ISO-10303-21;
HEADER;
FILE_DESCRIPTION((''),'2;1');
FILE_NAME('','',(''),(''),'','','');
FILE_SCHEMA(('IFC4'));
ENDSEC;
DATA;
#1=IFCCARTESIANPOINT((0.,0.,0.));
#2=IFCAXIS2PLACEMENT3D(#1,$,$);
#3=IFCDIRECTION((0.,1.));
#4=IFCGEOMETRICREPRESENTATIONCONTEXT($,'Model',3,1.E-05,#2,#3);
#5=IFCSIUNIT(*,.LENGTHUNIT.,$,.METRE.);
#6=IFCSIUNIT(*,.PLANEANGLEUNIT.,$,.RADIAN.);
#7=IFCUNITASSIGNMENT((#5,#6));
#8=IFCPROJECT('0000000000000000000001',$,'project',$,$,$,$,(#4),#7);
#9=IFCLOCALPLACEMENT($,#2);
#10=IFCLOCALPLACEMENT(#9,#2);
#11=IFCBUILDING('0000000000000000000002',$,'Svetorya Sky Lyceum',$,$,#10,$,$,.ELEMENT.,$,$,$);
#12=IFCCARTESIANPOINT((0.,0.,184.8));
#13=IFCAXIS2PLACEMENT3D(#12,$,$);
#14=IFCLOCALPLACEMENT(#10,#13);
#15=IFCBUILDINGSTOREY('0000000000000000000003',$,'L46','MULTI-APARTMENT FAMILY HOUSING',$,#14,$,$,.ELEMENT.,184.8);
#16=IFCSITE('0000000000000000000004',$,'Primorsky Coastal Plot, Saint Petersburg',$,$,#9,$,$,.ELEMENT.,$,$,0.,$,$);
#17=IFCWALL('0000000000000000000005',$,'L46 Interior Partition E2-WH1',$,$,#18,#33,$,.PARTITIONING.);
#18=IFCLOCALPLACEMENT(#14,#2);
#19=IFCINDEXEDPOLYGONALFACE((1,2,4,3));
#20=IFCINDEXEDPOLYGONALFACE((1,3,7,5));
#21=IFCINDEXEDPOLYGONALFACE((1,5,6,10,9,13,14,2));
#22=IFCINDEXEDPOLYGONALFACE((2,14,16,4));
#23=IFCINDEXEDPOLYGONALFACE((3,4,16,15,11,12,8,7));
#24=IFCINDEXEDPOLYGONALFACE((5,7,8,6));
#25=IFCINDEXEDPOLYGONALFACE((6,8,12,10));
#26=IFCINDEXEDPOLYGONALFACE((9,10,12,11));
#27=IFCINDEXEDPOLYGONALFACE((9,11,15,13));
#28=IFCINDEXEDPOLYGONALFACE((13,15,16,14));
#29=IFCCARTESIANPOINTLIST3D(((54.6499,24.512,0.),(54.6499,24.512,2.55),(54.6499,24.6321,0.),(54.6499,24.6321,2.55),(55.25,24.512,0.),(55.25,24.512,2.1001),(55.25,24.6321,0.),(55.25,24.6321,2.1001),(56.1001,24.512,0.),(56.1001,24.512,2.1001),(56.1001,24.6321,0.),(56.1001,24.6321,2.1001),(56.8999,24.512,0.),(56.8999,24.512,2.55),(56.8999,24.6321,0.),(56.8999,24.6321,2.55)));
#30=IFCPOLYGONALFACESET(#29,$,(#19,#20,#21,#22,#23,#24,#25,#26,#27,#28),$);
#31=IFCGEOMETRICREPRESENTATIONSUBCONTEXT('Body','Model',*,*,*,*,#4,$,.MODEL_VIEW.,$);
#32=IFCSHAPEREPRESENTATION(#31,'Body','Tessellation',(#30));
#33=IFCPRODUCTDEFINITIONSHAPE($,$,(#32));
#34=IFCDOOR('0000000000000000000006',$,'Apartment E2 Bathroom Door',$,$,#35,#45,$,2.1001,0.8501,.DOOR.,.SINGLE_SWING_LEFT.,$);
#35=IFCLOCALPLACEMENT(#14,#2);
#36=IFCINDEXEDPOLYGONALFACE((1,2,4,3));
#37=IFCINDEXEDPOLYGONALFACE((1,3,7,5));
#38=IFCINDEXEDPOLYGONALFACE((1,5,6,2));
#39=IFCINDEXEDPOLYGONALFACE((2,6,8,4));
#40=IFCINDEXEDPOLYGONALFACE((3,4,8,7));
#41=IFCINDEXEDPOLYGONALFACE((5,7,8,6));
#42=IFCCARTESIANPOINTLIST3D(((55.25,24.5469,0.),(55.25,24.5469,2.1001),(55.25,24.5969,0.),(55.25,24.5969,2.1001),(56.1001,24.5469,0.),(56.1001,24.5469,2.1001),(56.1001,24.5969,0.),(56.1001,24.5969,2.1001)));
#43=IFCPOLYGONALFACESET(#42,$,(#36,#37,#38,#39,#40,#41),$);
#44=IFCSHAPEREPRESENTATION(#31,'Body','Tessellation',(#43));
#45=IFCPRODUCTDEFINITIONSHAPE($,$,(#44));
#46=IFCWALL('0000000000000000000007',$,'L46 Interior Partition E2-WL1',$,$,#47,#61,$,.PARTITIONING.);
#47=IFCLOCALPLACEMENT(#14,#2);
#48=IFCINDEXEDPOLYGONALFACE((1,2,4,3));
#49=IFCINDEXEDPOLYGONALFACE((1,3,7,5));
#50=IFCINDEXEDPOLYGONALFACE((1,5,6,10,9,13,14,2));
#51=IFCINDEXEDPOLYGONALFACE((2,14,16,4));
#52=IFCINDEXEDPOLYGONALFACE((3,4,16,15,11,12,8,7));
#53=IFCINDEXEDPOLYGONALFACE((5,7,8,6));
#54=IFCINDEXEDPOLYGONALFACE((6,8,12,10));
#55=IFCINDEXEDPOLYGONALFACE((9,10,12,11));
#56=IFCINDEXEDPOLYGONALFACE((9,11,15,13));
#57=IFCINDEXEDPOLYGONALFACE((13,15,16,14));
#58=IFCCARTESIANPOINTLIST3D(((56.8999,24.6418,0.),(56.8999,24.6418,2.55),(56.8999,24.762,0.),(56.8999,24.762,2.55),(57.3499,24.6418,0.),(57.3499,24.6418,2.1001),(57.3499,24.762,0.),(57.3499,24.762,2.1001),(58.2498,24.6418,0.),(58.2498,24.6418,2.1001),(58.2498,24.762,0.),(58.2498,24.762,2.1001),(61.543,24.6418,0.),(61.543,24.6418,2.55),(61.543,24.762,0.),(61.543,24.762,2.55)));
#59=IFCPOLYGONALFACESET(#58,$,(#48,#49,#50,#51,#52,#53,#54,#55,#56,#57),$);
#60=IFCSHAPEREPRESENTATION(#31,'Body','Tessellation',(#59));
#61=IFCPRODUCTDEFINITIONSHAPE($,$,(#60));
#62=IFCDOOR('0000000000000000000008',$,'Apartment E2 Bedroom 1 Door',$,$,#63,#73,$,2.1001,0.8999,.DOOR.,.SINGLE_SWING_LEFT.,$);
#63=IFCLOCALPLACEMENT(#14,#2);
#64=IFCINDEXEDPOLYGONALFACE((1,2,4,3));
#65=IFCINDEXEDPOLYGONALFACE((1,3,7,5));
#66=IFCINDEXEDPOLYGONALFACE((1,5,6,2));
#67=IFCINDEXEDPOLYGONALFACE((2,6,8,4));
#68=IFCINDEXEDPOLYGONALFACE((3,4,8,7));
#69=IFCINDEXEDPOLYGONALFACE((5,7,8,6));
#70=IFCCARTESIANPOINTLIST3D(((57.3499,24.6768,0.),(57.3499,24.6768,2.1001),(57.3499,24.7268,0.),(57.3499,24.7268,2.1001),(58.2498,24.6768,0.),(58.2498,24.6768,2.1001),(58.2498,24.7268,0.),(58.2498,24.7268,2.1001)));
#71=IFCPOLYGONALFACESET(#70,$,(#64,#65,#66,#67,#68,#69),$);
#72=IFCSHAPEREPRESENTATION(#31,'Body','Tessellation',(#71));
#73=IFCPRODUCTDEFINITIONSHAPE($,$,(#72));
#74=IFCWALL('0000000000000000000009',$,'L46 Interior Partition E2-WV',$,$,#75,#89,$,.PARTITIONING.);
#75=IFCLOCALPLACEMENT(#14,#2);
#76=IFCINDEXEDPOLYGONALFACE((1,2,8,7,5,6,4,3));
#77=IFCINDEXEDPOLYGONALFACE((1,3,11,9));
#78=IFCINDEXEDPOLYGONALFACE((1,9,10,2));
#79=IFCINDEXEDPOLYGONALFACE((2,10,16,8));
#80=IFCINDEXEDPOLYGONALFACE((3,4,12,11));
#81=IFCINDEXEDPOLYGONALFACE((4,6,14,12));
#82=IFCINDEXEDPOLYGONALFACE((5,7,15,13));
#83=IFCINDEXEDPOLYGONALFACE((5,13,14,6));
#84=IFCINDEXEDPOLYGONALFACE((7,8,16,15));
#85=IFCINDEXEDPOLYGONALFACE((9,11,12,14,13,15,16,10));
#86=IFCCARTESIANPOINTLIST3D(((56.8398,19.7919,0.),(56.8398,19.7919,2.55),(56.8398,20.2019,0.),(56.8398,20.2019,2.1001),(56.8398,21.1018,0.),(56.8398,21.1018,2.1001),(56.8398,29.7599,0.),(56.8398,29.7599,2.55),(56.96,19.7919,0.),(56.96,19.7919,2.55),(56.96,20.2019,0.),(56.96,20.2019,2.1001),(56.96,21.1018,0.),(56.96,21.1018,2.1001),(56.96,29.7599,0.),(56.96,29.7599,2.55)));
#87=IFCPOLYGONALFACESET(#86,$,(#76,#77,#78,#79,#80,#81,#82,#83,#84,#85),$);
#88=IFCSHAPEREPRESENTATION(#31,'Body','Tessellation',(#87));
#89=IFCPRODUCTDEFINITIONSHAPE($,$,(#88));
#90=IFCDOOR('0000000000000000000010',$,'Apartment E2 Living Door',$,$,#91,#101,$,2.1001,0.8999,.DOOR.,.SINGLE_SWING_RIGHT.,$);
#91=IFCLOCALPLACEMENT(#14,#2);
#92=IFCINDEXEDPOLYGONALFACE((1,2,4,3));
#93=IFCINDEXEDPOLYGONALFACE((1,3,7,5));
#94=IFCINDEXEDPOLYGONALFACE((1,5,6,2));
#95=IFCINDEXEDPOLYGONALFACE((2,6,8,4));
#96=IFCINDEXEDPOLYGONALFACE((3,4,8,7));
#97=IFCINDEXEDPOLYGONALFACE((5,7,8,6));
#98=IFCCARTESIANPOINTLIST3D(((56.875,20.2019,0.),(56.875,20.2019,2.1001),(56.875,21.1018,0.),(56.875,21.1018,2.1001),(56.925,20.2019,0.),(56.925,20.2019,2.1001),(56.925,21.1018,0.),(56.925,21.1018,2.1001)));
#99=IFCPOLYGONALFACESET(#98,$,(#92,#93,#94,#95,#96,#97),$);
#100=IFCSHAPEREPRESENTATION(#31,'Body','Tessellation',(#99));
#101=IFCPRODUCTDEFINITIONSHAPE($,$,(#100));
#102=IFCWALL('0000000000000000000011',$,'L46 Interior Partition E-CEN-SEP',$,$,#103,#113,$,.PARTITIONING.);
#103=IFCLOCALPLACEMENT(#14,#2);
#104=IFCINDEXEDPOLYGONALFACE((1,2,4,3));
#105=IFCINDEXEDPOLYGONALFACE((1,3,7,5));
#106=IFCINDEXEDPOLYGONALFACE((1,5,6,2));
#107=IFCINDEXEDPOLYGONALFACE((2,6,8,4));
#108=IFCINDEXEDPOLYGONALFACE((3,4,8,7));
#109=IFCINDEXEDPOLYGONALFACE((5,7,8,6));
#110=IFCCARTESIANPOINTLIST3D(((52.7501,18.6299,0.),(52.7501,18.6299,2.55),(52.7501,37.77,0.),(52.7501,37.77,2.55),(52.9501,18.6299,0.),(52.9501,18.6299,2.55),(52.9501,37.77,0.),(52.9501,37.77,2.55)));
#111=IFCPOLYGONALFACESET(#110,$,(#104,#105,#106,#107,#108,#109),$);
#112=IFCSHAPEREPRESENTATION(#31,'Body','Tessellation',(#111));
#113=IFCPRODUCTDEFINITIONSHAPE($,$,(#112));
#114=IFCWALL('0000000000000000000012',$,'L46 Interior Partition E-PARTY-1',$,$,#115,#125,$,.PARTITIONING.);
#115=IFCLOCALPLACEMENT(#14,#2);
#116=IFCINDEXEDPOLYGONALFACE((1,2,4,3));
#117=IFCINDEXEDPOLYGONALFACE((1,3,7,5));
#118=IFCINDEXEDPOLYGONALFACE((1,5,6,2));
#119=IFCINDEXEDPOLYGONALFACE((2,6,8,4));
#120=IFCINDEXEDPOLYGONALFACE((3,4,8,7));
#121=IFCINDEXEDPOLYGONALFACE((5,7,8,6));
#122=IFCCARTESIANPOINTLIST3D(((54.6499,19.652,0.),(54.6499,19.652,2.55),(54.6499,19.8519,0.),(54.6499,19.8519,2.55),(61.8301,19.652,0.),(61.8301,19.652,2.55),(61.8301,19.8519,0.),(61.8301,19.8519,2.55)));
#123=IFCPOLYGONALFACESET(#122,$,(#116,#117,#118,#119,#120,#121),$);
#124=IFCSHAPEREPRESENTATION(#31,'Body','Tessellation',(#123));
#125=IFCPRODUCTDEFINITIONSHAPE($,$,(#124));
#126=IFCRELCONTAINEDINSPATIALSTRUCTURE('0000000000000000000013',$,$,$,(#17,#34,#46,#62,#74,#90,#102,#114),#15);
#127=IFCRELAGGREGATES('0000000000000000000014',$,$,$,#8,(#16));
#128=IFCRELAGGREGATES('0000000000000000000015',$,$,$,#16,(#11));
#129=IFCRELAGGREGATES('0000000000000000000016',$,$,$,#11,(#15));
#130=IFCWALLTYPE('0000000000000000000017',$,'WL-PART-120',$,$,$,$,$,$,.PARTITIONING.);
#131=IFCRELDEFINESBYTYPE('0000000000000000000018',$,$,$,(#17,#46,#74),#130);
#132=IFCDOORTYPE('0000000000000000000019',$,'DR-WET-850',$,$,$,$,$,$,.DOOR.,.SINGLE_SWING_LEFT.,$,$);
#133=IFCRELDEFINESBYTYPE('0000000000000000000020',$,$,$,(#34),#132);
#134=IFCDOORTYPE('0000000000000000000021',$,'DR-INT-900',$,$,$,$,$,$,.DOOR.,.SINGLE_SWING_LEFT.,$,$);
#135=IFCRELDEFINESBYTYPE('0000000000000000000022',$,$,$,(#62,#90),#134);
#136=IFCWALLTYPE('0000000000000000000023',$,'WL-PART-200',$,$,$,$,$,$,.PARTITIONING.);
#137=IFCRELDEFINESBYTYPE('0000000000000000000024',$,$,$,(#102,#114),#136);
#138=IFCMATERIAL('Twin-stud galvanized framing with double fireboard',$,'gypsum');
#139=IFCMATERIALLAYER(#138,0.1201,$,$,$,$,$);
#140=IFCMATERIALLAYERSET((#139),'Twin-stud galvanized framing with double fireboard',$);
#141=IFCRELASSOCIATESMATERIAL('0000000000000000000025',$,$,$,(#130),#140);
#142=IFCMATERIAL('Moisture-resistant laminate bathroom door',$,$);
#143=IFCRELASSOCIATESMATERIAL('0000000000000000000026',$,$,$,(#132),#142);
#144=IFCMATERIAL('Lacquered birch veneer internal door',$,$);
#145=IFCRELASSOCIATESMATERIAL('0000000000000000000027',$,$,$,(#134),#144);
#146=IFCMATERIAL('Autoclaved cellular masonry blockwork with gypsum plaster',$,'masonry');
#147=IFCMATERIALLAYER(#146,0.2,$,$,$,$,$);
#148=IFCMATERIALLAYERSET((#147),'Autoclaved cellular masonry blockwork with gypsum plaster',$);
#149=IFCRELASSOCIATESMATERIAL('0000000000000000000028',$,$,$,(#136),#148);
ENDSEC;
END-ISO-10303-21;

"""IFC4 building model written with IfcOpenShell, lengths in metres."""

from ifc_helpers import new_model, si_unit, direction, frame, frame_2d, origin, place, context, subcontext, project, spatial, rectangle, extrude, material, layer, layer_set, type_object, element, fill, save


model = new_model("IFC4")

# Units and contexts
model_context = context("Model", 3, precision=1e-05, world=origin(), true_north=direction((0.0, 1.0)))
body_context = subcontext(model_context, "Body", "Model", "MODEL_VIEW")
ifc_project = project(units=[si_unit("LENGTHUNIT", "METRE"), si_unit("PLANEANGLEUNIT", "RADIAN")], contexts=[model_context])

# Site, building, storey
site_placement = place(None, origin())
site = spatial("IfcSite", under=ifc_project, at=site_placement, Name="Primorsky Coastal Plot, Saint Petersburg", CompositionType="ELEMENT", RefElevation=0.0)
building_placement = place(site_placement, origin())
building = spatial("IfcBuilding", under=site, at=building_placement, Name="Svetorya Sky Lyceum", CompositionType="ELEMENT")
storey_placement = place(building_placement, frame((0.0, 0.0, 184.8)))
storey = spatial("IfcBuildingStorey", under=building, at=storey_placement, Name="L46", Description="MULTI-APARTMENT FAMILY HOUSING", CompositionType="ELEMENT", Elevation=184.8)

# Walls, openings, doors
ifc_material_1 = material(Name="Twin-stud galvanized framing with double fireboard", Category="gypsum")
ifc_layer_1 = layer(ifc_material_1, 0.1201)
ifc_layer_set_1 = layer_set([ifc_layer_1], Name="Twin-stud galvanized framing with double fireboard")
wall_type_1 = type_object("IfcWallType", Name="WL-PART-120", PredefinedType="PARTITIONING", material=ifc_layer_set_1)
wall_1_placement = place(storey_placement, frame((54.6499, 24.572, 0.0), z_axis=(0.0, 0.0, 1.0), x_axis=(1.0, 0.0, 0.0)))
wall_1 = element("IfcWall", 1, at=wall_1_placement, inside=storey, type_object=wall_type_1, Name="L46 Interior Partition E2-WH1", PredefinedType="PARTITIONING", context=body_context, shape_type="SweptSolid", body=[
    extrude(rectangle(XDim=2.25, YDim=0.1201, at=frame_2d((1.125, 0.0))), origin(), (0.0, 0.0, 1.0), 2.55),
])
opening_1_placement = place(wall_1_placement, frame((0.6001, 0.0, 0.0)))
opening_1 = element("IfcOpeningElement", 2, at=opening_1_placement, cuts=wall_1, PredefinedType="OPENING", context=body_context, shape_type="SweptSolid", body=[
    extrude(rectangle(XDim=0.8501, YDim=2.1001, at=frame_2d((0.425, 1.05))), frame((0.0, 0.0701, 0.0), z_axis=(0.0, -1.0, 0.0), x_axis=(1.0, 0.0, 0.0)), (0.0, 0.0, 1.0), 0.1401),
])
ifc_material_2 = material(Name="Moisture-resistant laminate bathroom door")
door_type_1 = type_object("IfcDoorType", Name="DR-WET-850", OperationType="SINGLE_SWING_LEFT", PredefinedType="DOOR", material=ifc_material_2)
door_1_placement = place(opening_1_placement, origin())
door_1 = element("IfcDoor", 3, at=door_1_placement, inside=storey, type_object=door_type_1, Name="Apartment E2 Bathroom Door", OperationType="SINGLE_SWING_LEFT", OverallHeight=2.1001, OverallWidth=0.8501, PredefinedType="DOOR", context=body_context, shape_type="SweptSolid", body=[
    extrude(rectangle(XDim=0.8501, YDim=2.1001, at=frame_2d((0.425, 1.05))), frame((0.0, 0.0249, 0.0), z_axis=(0.0, -1.0, 0.0), x_axis=(1.0, 0.0, 0.0)), (0.0, 0.0, 1.0), 0.05),
])
fill(opening_1, door_1)
wall_2_placement = place(storey_placement, frame((56.8999, 24.7019, 0.0), z_axis=(0.0, 0.0, 1.0), x_axis=(1.0, 0.0, 0.0)))
wall_2 = element("IfcWall", 4, at=wall_2_placement, inside=storey, type_object=wall_type_1, Name="L46 Interior Partition E2-WL1", PredefinedType="PARTITIONING", context=body_context, shape_type="SweptSolid", body=[
    extrude(rectangle(XDim=4.6431, YDim=0.1201, at=frame_2d((2.3215, 0.0))), origin(), (0.0, 0.0, 1.0), 2.55),
])
opening_2_placement = place(wall_2_placement, frame((0.45, 0.0, 0.0)))
opening_2 = element("IfcOpeningElement", 5, at=opening_2_placement, cuts=wall_2, PredefinedType="OPENING", context=body_context, shape_type="SweptSolid", body=[
    extrude(rectangle(XDim=0.8999, YDim=2.1001, at=frame_2d((0.45, 1.05))), frame((0.0, 0.0701, 0.0), z_axis=(0.0, -1.0, 0.0), x_axis=(1.0, 0.0, 0.0)), (0.0, 0.0, 1.0), 0.1401),
])
ifc_material_3 = material(Name="Lacquered birch veneer internal door")
door_type_2 = type_object("IfcDoorType", Name="DR-INT-900", OperationType="SINGLE_SWING_LEFT", PredefinedType="DOOR", material=ifc_material_3)
door_2_placement = place(opening_2_placement, origin())
door_2 = element("IfcDoor", 6, at=door_2_placement, inside=storey, type_object=door_type_2, Name="Apartment E2 Bedroom 1 Door", OperationType="SINGLE_SWING_LEFT", OverallHeight=2.1001, OverallWidth=0.8999, PredefinedType="DOOR", context=body_context, shape_type="SweptSolid", body=[
    extrude(rectangle(XDim=0.8999, YDim=2.1001, at=frame_2d((0.45, 1.05))), frame((0.0, 0.0249, 0.0), z_axis=(0.0, -1.0, 0.0), x_axis=(1.0, 0.0, 0.0)), (0.0, 0.0, 1.0), 0.05),
])
fill(opening_2, door_2)
wall_3_placement = place(storey_placement, frame((56.8999, 19.792, 0.0), z_axis=(0.0, 0.0, 1.0), x_axis=(0.0, 1.0, 0.0)))
wall_3 = element("IfcWall", 7, at=wall_3_placement, inside=storey, type_object=wall_type_1, Name="L46 Interior Partition E2-WV", PredefinedType="PARTITIONING", context=body_context, shape_type="SweptSolid", body=[
    extrude(rectangle(XDim=9.968, YDim=0.1201, at=frame_2d((4.9839, 0.0))), origin(), (0.0, 0.0, 1.0), 2.55),
])
opening_3_placement = place(wall_3_placement, frame((0.4099, 0.0, 0.0)))
opening_3 = element("IfcOpeningElement", 8, at=opening_3_placement, cuts=wall_3, PredefinedType="OPENING", context=body_context, shape_type="SweptSolid", body=[
    extrude(rectangle(XDim=0.8999, YDim=2.1001, at=frame_2d((0.45, 1.05))), frame((0.0, 0.0701, 0.0), z_axis=(0.0, -1.0, 0.0), x_axis=(1.0, 0.0, 0.0)), (0.0, 0.0, 1.0), 0.1401),
])
door_3_placement = place(opening_3_placement, origin())
door_3 = element("IfcDoor", 9, at=door_3_placement, inside=storey, type_object=door_type_2, Name="Apartment E2 Living Door", OperationType="SINGLE_SWING_RIGHT", OverallHeight=2.1001, OverallWidth=0.8999, PredefinedType="DOOR", context=body_context, shape_type="SweptSolid", body=[
    extrude(rectangle(XDim=0.8999, YDim=2.1001, at=frame_2d((0.45, 1.05))), frame((0.0, 0.0249, 0.0), z_axis=(0.0, -1.0, 0.0), x_axis=(1.0, 0.0, 0.0)), (0.0, 0.0, 1.0), 0.05),
])
fill(opening_3, door_3)

# Walls
ifc_material_4 = material(Name="Autoclaved cellular masonry blockwork with gypsum plaster", Category="masonry")
ifc_layer_2 = layer(ifc_material_4, 0.2)
ifc_layer_set_2 = layer_set([ifc_layer_2], Name="Autoclaved cellular masonry blockwork with gypsum plaster")
wall_type_2 = type_object("IfcWallType", Name="WL-PART-200", PredefinedType="PARTITIONING", material=ifc_layer_set_2)
wall_4_placement = place(storey_placement, frame((52.8501, 18.6299, 0.0), z_axis=(0.0, 0.0, 1.0), x_axis=(0.0, 1.0, 0.0)))
element("IfcWall", 10, at=wall_4_placement, inside=storey, type_object=wall_type_2, Name="L46 Interior Partition E-CEN-SEP", PredefinedType="PARTITIONING", context=body_context, shape_type="SweptSolid", body=[
    extrude(rectangle(XDim=19.1401, YDim=0.2, at=frame_2d((9.5701, 0.0))), origin(), (0.0, 0.0, 1.0), 2.55),
])
wall_5_placement = place(storey_placement, frame((54.6499, 19.752, 0.0), z_axis=(0.0, 0.0, 1.0), x_axis=(1.0, 0.0, 0.0)))
element("IfcWall", 11, at=wall_5_placement, inside=storey, type_object=wall_type_2, Name="L46 Interior Partition E-PARTY-1", PredefinedType="PARTITIONING", context=body_context, shape_type="SweptSolid", body=[
    extrude(rectangle(XDim=7.1802, YDim=0.2, at=frame_2d((3.5901, 0.0))), origin(), (0.0, 0.0, 1.0), 2.55),
])

save(model, "model.ifc")
